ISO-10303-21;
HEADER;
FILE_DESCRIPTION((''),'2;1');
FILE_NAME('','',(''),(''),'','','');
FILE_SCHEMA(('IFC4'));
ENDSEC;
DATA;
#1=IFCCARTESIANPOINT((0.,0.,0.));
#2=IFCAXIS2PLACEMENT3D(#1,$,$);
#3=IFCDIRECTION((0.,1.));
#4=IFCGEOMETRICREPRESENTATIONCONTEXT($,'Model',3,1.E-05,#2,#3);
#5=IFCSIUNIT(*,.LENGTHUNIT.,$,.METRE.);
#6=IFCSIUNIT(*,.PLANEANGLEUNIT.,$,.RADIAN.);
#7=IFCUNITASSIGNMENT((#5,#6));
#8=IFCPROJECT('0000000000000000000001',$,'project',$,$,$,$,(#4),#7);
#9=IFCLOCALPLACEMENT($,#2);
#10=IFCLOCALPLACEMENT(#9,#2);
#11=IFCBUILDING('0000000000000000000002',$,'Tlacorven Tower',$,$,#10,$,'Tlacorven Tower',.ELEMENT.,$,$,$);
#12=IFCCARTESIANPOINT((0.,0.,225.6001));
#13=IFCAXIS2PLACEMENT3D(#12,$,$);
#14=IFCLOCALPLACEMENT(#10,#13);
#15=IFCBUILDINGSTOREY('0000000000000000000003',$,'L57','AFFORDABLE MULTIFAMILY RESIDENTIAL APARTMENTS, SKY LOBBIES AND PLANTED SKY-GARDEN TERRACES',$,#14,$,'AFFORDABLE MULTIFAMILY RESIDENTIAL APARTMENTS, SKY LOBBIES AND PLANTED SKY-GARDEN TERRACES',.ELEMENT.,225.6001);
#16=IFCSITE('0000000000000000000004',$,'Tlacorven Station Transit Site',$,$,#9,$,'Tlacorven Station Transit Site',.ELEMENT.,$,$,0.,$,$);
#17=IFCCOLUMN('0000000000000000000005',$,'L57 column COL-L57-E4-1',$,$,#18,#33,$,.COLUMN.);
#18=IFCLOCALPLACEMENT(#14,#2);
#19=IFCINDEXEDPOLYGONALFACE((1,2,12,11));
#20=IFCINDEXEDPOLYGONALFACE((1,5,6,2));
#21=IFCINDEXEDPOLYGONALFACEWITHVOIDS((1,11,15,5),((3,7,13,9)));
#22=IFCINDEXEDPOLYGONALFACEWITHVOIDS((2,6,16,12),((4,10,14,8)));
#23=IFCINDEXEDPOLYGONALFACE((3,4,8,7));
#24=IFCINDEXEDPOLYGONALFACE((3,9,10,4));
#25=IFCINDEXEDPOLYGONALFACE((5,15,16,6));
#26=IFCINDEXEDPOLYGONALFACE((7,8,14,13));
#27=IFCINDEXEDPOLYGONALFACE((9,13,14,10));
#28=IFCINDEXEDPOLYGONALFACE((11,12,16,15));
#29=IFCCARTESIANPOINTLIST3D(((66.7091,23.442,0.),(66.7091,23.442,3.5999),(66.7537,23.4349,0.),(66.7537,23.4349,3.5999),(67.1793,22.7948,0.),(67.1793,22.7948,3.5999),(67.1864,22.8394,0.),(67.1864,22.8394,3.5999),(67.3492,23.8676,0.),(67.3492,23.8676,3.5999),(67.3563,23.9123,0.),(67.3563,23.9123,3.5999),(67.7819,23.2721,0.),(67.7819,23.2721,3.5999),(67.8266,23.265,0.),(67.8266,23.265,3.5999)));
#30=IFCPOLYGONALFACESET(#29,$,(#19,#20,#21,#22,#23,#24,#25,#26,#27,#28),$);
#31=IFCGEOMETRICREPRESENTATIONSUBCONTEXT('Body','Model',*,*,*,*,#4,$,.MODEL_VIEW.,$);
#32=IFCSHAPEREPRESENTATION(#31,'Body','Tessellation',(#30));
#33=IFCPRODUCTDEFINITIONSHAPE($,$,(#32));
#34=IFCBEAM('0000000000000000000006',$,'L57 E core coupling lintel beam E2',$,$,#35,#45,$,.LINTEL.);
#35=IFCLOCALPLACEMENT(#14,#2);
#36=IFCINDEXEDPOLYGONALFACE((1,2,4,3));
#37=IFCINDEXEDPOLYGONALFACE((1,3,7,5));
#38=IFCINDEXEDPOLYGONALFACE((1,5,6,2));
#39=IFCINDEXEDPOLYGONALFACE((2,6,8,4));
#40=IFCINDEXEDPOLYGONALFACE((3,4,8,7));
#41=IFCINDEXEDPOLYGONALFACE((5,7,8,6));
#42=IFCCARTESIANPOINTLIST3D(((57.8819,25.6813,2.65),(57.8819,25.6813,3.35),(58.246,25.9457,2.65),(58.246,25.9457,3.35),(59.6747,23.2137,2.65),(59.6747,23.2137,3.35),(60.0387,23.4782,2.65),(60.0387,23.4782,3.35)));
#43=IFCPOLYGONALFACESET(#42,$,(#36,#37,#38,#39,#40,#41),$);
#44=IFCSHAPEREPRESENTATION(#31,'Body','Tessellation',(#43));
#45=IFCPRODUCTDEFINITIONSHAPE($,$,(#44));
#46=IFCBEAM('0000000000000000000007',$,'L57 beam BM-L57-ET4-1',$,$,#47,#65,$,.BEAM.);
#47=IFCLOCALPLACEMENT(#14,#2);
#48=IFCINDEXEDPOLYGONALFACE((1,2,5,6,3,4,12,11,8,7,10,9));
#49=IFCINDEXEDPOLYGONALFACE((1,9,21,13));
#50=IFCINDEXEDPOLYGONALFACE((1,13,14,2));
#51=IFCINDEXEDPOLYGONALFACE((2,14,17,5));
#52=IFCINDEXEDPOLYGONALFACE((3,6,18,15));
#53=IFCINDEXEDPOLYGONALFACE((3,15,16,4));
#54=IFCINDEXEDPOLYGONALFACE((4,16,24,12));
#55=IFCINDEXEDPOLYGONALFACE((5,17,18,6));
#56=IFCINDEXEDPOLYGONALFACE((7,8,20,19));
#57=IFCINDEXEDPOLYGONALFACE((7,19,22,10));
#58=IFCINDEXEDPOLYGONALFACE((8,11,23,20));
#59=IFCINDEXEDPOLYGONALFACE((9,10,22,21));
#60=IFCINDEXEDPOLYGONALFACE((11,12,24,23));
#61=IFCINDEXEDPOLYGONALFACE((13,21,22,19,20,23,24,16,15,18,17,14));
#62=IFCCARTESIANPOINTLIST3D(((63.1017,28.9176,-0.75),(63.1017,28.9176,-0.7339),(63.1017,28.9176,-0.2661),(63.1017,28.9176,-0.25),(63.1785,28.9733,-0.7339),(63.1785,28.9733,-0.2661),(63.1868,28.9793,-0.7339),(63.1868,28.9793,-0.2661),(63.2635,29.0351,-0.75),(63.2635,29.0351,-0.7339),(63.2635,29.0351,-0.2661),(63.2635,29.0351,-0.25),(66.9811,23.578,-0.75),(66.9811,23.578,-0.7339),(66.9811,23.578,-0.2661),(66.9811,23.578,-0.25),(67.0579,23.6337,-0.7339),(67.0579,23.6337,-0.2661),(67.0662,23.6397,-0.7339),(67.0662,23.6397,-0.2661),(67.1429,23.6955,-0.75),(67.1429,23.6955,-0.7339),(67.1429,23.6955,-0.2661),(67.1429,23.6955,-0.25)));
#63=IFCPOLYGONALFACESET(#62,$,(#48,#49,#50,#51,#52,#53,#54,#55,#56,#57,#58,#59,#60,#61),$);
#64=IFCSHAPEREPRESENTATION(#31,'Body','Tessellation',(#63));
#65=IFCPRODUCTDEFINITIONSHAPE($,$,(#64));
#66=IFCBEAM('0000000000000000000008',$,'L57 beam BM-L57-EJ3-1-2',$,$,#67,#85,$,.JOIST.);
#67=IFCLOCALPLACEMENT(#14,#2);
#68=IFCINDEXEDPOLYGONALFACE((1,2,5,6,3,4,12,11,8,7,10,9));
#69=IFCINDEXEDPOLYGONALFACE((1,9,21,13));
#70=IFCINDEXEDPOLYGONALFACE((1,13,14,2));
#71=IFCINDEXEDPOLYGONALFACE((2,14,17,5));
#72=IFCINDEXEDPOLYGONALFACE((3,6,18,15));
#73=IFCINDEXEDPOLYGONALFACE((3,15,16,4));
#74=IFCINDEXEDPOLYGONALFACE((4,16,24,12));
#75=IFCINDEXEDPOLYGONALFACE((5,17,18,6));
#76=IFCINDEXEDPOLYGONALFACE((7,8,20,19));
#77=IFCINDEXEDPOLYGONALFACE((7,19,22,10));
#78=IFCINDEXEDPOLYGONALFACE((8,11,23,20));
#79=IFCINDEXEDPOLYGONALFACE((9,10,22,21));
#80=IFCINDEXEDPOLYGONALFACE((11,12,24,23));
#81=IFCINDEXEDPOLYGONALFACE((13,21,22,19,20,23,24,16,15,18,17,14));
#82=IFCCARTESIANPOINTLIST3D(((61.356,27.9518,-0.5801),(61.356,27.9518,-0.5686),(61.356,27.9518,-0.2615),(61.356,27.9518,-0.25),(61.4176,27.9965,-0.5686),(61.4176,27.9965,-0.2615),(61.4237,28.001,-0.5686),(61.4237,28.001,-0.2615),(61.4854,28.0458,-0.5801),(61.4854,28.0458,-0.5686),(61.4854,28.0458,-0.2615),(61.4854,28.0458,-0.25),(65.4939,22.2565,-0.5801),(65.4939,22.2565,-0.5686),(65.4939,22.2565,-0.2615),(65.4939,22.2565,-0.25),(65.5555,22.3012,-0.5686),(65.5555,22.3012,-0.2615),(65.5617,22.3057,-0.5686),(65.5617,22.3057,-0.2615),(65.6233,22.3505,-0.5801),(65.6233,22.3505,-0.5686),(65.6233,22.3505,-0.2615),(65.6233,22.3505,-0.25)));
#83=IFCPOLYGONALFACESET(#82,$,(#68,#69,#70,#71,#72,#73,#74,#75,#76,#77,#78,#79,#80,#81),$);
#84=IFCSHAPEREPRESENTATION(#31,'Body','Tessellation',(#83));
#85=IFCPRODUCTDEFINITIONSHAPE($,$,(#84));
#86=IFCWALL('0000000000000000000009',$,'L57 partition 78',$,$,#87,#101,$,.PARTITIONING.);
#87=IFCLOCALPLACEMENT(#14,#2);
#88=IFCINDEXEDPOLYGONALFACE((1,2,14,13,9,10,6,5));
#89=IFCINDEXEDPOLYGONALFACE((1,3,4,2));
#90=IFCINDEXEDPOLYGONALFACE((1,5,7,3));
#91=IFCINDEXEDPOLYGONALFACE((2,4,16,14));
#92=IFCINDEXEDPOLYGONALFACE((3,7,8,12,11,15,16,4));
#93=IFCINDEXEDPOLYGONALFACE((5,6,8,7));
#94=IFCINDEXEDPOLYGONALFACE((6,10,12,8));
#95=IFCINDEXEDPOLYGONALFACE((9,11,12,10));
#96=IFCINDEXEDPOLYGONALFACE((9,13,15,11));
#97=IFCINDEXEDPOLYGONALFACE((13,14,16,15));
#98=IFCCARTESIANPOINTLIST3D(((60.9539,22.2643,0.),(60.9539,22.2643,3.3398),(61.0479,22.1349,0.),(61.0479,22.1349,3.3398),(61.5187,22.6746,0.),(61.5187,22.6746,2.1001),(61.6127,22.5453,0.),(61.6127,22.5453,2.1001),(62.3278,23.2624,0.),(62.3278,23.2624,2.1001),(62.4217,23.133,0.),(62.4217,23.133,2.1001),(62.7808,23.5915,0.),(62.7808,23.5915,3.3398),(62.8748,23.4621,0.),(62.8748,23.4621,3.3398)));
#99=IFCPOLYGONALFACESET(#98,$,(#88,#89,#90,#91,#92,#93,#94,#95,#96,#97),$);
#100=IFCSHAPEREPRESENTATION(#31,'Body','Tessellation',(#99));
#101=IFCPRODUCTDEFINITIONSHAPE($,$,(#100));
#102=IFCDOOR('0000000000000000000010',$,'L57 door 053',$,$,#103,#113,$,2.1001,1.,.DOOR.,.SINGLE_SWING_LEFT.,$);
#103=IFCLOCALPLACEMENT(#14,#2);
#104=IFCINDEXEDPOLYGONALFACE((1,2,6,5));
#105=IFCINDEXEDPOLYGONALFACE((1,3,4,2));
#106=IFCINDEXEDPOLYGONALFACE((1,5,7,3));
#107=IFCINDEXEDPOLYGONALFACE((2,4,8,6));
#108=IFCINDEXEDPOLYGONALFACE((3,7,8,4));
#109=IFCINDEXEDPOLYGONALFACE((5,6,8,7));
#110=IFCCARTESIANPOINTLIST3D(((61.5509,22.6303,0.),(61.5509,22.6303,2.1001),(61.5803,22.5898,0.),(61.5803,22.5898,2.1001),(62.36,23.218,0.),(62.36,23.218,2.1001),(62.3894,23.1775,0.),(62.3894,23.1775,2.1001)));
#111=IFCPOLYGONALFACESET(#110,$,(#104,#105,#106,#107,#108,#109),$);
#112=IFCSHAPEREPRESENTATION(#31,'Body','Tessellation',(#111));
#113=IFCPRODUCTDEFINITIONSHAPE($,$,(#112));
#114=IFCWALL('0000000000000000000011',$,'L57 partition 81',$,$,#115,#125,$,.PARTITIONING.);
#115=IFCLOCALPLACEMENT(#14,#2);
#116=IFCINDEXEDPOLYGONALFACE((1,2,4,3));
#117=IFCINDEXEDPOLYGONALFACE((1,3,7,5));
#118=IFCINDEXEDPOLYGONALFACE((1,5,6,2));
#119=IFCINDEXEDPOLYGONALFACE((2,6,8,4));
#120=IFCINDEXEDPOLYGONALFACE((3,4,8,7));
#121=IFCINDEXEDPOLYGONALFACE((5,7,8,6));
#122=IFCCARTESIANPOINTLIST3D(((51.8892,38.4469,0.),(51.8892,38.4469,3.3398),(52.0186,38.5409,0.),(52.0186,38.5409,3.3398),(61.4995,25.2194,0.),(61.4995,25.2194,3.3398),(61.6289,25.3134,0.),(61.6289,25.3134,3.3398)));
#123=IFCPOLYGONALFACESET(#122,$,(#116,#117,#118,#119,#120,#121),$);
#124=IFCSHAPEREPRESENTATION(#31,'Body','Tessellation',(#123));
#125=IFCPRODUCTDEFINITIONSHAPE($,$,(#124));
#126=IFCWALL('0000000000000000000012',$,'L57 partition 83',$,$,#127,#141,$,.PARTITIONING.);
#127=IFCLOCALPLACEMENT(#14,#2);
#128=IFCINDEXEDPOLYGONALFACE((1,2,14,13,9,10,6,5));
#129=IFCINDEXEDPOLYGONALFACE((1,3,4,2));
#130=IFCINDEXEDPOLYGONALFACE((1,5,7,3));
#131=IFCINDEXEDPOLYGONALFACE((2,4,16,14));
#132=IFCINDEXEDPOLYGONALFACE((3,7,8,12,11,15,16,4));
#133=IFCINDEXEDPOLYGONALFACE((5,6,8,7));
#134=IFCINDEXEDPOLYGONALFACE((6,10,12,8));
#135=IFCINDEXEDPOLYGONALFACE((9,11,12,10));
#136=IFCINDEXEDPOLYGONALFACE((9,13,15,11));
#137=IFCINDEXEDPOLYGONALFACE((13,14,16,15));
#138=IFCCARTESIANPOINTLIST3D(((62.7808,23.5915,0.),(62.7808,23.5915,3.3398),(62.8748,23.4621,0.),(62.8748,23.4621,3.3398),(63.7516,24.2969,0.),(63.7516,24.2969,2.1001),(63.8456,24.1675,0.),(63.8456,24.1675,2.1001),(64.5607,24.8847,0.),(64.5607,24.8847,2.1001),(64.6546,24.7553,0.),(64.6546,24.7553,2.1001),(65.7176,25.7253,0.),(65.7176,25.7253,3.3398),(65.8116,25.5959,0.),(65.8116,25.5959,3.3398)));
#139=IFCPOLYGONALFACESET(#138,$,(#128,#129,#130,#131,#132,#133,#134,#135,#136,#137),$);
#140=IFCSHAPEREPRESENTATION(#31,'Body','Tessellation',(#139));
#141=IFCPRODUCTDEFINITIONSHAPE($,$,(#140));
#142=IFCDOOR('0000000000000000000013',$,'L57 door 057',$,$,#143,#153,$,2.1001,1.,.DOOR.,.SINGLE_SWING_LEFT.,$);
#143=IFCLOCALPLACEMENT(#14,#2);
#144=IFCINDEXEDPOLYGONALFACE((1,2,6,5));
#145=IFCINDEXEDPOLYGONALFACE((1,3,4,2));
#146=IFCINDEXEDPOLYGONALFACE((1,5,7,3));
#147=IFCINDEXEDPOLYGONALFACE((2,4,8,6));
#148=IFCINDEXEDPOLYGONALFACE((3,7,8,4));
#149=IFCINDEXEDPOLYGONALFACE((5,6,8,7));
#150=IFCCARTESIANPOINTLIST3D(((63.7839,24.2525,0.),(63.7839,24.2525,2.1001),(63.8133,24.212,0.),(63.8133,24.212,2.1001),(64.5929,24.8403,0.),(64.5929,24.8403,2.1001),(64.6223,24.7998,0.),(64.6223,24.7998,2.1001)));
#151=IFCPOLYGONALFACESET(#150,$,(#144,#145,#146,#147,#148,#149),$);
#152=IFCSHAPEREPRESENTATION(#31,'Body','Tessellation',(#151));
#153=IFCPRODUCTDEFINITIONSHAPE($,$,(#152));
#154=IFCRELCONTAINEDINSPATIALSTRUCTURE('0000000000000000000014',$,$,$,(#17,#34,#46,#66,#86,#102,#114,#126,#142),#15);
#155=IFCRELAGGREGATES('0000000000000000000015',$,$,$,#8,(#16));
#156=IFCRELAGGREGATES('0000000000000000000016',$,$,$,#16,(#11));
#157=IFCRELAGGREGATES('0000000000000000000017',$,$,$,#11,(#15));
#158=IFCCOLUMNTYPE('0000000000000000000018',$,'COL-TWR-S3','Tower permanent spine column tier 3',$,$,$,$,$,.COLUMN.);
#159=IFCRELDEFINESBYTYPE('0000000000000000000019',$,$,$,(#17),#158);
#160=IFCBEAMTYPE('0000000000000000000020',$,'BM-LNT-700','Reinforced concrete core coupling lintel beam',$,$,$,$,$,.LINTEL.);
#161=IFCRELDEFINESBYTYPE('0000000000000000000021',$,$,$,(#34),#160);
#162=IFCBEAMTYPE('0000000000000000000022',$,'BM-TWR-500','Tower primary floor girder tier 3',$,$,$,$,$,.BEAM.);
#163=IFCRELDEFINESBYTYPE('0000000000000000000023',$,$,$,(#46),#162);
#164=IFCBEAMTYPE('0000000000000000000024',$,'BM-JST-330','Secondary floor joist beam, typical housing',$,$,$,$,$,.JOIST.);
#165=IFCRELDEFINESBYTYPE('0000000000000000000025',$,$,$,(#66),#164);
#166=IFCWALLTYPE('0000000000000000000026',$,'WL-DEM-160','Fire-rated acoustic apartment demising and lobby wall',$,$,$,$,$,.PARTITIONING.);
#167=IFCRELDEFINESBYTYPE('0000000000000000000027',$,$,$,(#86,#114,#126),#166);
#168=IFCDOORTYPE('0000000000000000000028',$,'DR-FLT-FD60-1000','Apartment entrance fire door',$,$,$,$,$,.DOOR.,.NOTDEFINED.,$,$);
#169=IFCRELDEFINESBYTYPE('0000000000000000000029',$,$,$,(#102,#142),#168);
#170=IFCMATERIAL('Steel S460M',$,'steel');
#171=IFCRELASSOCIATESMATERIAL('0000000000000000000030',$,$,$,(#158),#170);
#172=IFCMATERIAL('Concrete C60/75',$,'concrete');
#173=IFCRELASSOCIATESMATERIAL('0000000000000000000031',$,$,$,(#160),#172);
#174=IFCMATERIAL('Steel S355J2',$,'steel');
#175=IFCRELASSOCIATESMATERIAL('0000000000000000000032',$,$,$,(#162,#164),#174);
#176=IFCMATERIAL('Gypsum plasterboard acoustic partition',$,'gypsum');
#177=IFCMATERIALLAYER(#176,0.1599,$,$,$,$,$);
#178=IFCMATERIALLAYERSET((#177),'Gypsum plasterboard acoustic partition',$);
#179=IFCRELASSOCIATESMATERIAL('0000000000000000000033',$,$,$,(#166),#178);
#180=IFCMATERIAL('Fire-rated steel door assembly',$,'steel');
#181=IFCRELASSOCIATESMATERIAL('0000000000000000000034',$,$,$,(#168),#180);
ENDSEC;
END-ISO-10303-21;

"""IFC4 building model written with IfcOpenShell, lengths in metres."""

from ifc_helpers import new_model, si_unit, direction, frame, frame_2d, origin, origin_2d, place, context, subcontext, project, spatial, rectangle, hollow_rectangle, i_section, extrude, source, transform, mapped, material, layer, layer_set, material_profile, profile_set, type_object, element, fill, save


model = new_model("IFC4")

# Units and contexts
model_context = context("Model", 3, precision=1e-05, world=origin(), true_north=direction((0.0, 1.0)))
body_context = subcontext(model_context, "Body", "Model", "MODEL_VIEW")
ifc_project = project(units=[si_unit("LENGTHUNIT", "METRE"), si_unit("PLANEANGLEUNIT", "RADIAN")], contexts=[model_context])

# Site, building, storey
site_placement = place(None, origin())
site = spatial("IfcSite", under=ifc_project, at=site_placement, Name="Tlacorven Station Transit Site", LongName="Tlacorven Station Transit Site", CompositionType="ELEMENT", RefElevation=0.0)
building_placement = place(site_placement, origin())
building = spatial("IfcBuilding", under=site, at=building_placement, Name="Tlacorven Tower", LongName="Tlacorven Tower", CompositionType="ELEMENT")
storey_placement = place(building_placement, frame((0.0, 0.0, 225.6001)))
storey = spatial("IfcBuildingStorey", under=building, at=storey_placement, Name="L57", Description="AFFORDABLE MULTIFAMILY RESIDENTIAL APARTMENTS, SKY LOBBIES AND PLANTED SKY-GARDEN TERRACES", LongName="AFFORDABLE MULTIFAMILY RESIDENTIAL APARTMENTS, SKY LOBBIES AND PLANTED SKY-GARDEN TERRACES", CompositionType="ELEMENT", Elevation=225.6001)

# Column
ifc_material_1 = material(Name="Steel S460M", Category="steel")
ifc_material_profile_1 = material_profile(ifc_material_1, hollow_rectangle(XDim=0.8, YDim=0.8, WallThickness=0.032, at=origin_2d()), Name="BOX 800X800X32")
ifc_profile_set_1 = profile_set([ifc_material_profile_1], Name="Steel S460M")
column_type = type_object("IfcColumnType", Name="COL-TWR-S3", Description="Tower permanent spine column tier 3", PredefinedType="COLUMN", material=ifc_profile_set_1)
shared_shape_1 = source(origin(), body_context, "Body", "SweptSolid", [
    extrude(hollow_rectangle(XDim=0.8, YDim=0.8, WallThickness=0.032, at=origin_2d()), origin(), (0.0, 0.0, 1.0), 3.5999),
])
column_placement = place(storey_placement, frame((67.2678, 23.3535, 0.0), z_axis=(0.0, 0.0, 1.0), x_axis=(0.809017, 0.587785, 0.0)))
element("IfcColumn", 1, at=column_placement, inside=storey, type_object=column_type, Name="L57 column COL-L57-E4-1", PredefinedType="COLUMN", context=body_context, shape_type="MappedRepresentation", body=[
    mapped(shared_shape_1, transform((0.0, 0.0, 0.0), scale=1.0)),
])

# Beams
ifc_material_2 = material(Name="Concrete C60/75", Category="concrete")
ifc_material_profile_2 = material_profile(ifc_material_2, rectangle(XDim=0.45, YDim=0.7, at=origin_2d()), Name="RC 450X700")
ifc_profile_set_2 = profile_set([ifc_material_profile_2], Name="Concrete C60/75")
beam_type_1 = type_object("IfcBeamType", Name="BM-LNT-700", Description="Reinforced concrete core coupling lintel beam", PredefinedType="LINTEL", material=ifc_profile_set_2)
shared_shape_2 = source(origin(), body_context, "Body", "SweptSolid", [
    extrude(rectangle(XDim=0.45, YDim=0.7, at=origin_2d()), origin(), (0.0, 0.0, 1.0), 3.05),
])
beam_1_placement = place(storey_placement, frame((59.8567, 23.3459, 3.0), z_axis=(-0.587777, 0.809023, 0.0), x_axis=(-0.809023, -0.587777, 0.0)))
element("IfcBeam", 2, at=beam_1_placement, inside=storey, type_object=beam_type_1, Name="L57 E core coupling lintel beam E2", PredefinedType="LINTEL", context=body_context, shape_type="MappedRepresentation", body=[
    mapped(shared_shape_2, transform((0.0, 0.0, 0.0), scale=1.0)),
])
ifc_material_3 = material(Name="Steel S355J2", Category="steel")
ifc_material_profile_3 = material_profile(ifc_material_3, i_section(OverallWidth=0.2, OverallDepth=0.5, WebThickness=0.0103, FlangeThickness=0.0161, at=origin_2d()), Name="IPE 500")
ifc_profile_set_3 = profile_set([ifc_material_profile_3], Name="Steel S355J2")
beam_type_2 = type_object("IfcBeamType", Name="BM-TWR-500", Description="Tower primary floor girder tier 3", PredefinedType="BEAM", material=ifc_profile_set_3)
shared_shape_3 = source(origin(), body_context, "Body", "SweptSolid", [
    extrude(i_section(OverallWidth=0.2, OverallDepth=0.5, WebThickness=0.0103, FlangeThickness=0.0161, at=origin_2d()), origin(), (0.0, 0.0, 1.0), 6.6001),
])
beam_2_placement = place(storey_placement, frame((67.062, 23.6367, -0.5), z_axis=(-0.58778, 0.809021, 0.0), x_axis=(-0.809021, -0.58778, 0.0)))
element("IfcBeam", 3, at=beam_2_placement, inside=storey, type_object=beam_type_2, Name="L57 beam BM-L57-ET4-1", PredefinedType="BEAM", context=body_context, shape_type="MappedRepresentation", body=[
    mapped(shared_shape_3, transform((0.0, 0.0, 0.0), scale=1.0)),
])
ifc_material_profile_4 = material_profile(ifc_material_3, i_section(OverallWidth=0.1599, OverallDepth=0.3301, WebThickness=0.0076, FlangeThickness=0.0115, at=origin_2d()), Name="IPE 330")
ifc_profile_set_4 = profile_set([ifc_material_profile_4], Name="Steel S355J2")
beam_type_3 = type_object("IfcBeamType", Name="BM-JST-330", Description="Secondary floor joist beam, typical housing", PredefinedType="JOIST", material=ifc_profile_set_4)
shared_shape_4 = source(origin(), body_context, "Body", "SweptSolid", [
    extrude(i_section(OverallWidth=0.1599, OverallDepth=0.3301, WebThickness=0.0076, FlangeThickness=0.0115, at=origin_2d()), origin(), (0.0, 0.0, 1.0), 7.0398),
])
beam_3_placement = place(storey_placement, frame((65.5586, 22.3035, -0.415), z_axis=(-0.58779, 0.809013, 0.0), x_axis=(-0.809013, -0.58779, 0.0)))
element("IfcBeam", 4, at=beam_3_placement, inside=storey, type_object=beam_type_3, Name="L57 beam BM-L57-EJ3-1-2", PredefinedType="JOIST", context=body_context, shape_type="MappedRepresentation", body=[
    mapped(shared_shape_4, transform((0.0, 0.0, 0.0), scale=1.0)),
])

# Wall, opening, door
ifc_material_4 = material(Name="Gypsum plasterboard acoustic partition", Category="gypsum")
ifc_layer_1 = layer(ifc_material_4, 0.1599)
ifc_layer_set_1 = layer_set([ifc_layer_1], Name="Gypsum plasterboard acoustic partition")
wall_type_1 = type_object("IfcWallType", Name="WL-DEM-160", Description="Fire-rated acoustic apartment demising and lobby wall", PredefinedType="PARTITIONING", material=ifc_layer_set_1)
wall_1_placement = place(storey_placement, frame((61.001, 22.1997, 0.0), z_axis=(0.0, 0.0, 1.0), x_axis=(0.809054, 0.587734, 0.0)))
wall_1 = element("IfcWall", 5, at=wall_1_placement, inside=storey, type_object=wall_type_1, Name="L57 partition 78", PredefinedType="PARTITIONING", context=body_context, shape_type="SweptSolid", body=[
    extrude(rectangle(XDim=2.2581, YDim=0.1599, at=frame_2d((1.1289, 0.0))), origin(), (0.0, 0.0, 1.0), 3.3398),
])
opening_1_placement = place(wall_1_placement, frame((0.698, 0.0, 0.0)))
opening_1 = element("IfcOpeningElement", 6, at=opening_1_placement, cuts=wall_1, PredefinedType="OPENING", context=body_context, shape_type="SweptSolid", body=[
    extrude(rectangle(XDim=1.0, YDim=2.1001, at=frame_2d((0.5, 1.05))), frame((0.0, 0.0898, 0.0), z_axis=(0.0, -1.0, 0.0), x_axis=(1.0, 0.0, 0.0)), (0.0, 0.0, 1.0), 0.1799),
])
ifc_material_5 = material(Name="Fire-rated steel door assembly", Category="steel")
door_type_1 = type_object("IfcDoorType", Name="DR-FLT-FD60-1000", Description="Apartment entrance fire door", OperationType="NOTDEFINED", PredefinedType="DOOR", material=ifc_material_5)
shared_shape_5 = source(origin(), body_context, "Body", "SweptSolid", [
    extrude(rectangle(XDim=1.0, YDim=2.1001, at=frame_2d((0.5, 1.05))), frame((0.0, 0.0249, 0.0), z_axis=(0.0, -1.0, 0.0), x_axis=(1.0, 0.0, 0.0)), (0.0, 0.0, 1.0), 0.05),
])
door_1_placement = place(opening_1_placement, frame((1.0, 0.0, 0.0), z_axis=(0.0, 0.0, 1.0), x_axis=(-1.0, 0.0, 0.0)))
door_1 = element("IfcDoor", 7, at=door_1_placement, inside=storey, type_object=door_type_1, Name="L57 door 053", OperationType="SINGLE_SWING_LEFT", OverallHeight=2.1001, OverallWidth=1.0, PredefinedType="DOOR", context=body_context, shape_type="MappedRepresentation", body=[
    mapped(shared_shape_5, transform((0.0, 0.0, 0.0), scale=1.0)),
])
fill(opening_1, door_1)

# Wall
wall_2_placement = place(storey_placement, frame((61.5642, 25.2664, 0.0), z_axis=(0.0, 0.0, 1.0), x_axis=(-0.587785, 0.809018, 0.0)))
element("IfcWall", 8, at=wall_2_placement, inside=storey, type_object=wall_type_1, Name="L57 partition 81", PredefinedType="PARTITIONING", context=body_context, shape_type="SweptSolid", body=[
    extrude(rectangle(XDim=16.3501, YDim=0.1599, at=frame_2d((8.175, 0.0))), origin(), (0.0, 0.0, 1.0), 3.3398),
])

# Wall, opening, door
wall_3_placement = place(storey_placement, frame((62.8279, 23.5269, 0.0), z_axis=(0.0, 0.0, 1.0), x_axis=(0.809004, 0.587804, 0.0)))
wall_3 = element("IfcWall", 9, at=wall_3_placement, inside=storey, type_object=wall_type_1, Name="L57 partition 83", PredefinedType="PARTITIONING", context=body_context, shape_type="SweptSolid", body=[
    extrude(rectangle(XDim=3.6301, YDim=0.1599, at=frame_2d((1.8149, 0.0))), origin(), (0.0, 0.0, 1.0), 3.3398),
])
opening_2_placement = place(wall_3_placement, frame((1.2, 0.0, 0.0)))
opening_2 = element("IfcOpeningElement", 10, at=opening_2_placement, cuts=wall_3, PredefinedType="OPENING", context=body_context, shape_type="SweptSolid", body=[
    extrude(rectangle(XDim=1.0, YDim=2.1001, at=frame_2d((0.5, 1.05))), frame((0.0, 0.0898, 0.0), z_axis=(0.0, -1.0, 0.0), x_axis=(1.0, 0.0, 0.0)), (0.0, 0.0, 1.0), 0.1799),
])
door_2_placement = place(opening_2_placement, frame((1.0, 0.0, 0.0), z_axis=(0.0, 0.0, 1.0), x_axis=(-1.0, 0.0, 0.0)))
door_2 = element("IfcDoor", 11, at=door_2_placement, inside=storey, type_object=door_type_1, Name="L57 door 057", OperationType="SINGLE_SWING_LEFT", OverallHeight=2.1001, OverallWidth=1.0, PredefinedType="DOOR", context=body_context, shape_type="MappedRepresentation", body=[
    mapped(shared_shape_5, transform((0.0, 0.0, 0.0), scale=1.0)),
])
fill(opening_2, door_2)

save(model, "model.ifc")
